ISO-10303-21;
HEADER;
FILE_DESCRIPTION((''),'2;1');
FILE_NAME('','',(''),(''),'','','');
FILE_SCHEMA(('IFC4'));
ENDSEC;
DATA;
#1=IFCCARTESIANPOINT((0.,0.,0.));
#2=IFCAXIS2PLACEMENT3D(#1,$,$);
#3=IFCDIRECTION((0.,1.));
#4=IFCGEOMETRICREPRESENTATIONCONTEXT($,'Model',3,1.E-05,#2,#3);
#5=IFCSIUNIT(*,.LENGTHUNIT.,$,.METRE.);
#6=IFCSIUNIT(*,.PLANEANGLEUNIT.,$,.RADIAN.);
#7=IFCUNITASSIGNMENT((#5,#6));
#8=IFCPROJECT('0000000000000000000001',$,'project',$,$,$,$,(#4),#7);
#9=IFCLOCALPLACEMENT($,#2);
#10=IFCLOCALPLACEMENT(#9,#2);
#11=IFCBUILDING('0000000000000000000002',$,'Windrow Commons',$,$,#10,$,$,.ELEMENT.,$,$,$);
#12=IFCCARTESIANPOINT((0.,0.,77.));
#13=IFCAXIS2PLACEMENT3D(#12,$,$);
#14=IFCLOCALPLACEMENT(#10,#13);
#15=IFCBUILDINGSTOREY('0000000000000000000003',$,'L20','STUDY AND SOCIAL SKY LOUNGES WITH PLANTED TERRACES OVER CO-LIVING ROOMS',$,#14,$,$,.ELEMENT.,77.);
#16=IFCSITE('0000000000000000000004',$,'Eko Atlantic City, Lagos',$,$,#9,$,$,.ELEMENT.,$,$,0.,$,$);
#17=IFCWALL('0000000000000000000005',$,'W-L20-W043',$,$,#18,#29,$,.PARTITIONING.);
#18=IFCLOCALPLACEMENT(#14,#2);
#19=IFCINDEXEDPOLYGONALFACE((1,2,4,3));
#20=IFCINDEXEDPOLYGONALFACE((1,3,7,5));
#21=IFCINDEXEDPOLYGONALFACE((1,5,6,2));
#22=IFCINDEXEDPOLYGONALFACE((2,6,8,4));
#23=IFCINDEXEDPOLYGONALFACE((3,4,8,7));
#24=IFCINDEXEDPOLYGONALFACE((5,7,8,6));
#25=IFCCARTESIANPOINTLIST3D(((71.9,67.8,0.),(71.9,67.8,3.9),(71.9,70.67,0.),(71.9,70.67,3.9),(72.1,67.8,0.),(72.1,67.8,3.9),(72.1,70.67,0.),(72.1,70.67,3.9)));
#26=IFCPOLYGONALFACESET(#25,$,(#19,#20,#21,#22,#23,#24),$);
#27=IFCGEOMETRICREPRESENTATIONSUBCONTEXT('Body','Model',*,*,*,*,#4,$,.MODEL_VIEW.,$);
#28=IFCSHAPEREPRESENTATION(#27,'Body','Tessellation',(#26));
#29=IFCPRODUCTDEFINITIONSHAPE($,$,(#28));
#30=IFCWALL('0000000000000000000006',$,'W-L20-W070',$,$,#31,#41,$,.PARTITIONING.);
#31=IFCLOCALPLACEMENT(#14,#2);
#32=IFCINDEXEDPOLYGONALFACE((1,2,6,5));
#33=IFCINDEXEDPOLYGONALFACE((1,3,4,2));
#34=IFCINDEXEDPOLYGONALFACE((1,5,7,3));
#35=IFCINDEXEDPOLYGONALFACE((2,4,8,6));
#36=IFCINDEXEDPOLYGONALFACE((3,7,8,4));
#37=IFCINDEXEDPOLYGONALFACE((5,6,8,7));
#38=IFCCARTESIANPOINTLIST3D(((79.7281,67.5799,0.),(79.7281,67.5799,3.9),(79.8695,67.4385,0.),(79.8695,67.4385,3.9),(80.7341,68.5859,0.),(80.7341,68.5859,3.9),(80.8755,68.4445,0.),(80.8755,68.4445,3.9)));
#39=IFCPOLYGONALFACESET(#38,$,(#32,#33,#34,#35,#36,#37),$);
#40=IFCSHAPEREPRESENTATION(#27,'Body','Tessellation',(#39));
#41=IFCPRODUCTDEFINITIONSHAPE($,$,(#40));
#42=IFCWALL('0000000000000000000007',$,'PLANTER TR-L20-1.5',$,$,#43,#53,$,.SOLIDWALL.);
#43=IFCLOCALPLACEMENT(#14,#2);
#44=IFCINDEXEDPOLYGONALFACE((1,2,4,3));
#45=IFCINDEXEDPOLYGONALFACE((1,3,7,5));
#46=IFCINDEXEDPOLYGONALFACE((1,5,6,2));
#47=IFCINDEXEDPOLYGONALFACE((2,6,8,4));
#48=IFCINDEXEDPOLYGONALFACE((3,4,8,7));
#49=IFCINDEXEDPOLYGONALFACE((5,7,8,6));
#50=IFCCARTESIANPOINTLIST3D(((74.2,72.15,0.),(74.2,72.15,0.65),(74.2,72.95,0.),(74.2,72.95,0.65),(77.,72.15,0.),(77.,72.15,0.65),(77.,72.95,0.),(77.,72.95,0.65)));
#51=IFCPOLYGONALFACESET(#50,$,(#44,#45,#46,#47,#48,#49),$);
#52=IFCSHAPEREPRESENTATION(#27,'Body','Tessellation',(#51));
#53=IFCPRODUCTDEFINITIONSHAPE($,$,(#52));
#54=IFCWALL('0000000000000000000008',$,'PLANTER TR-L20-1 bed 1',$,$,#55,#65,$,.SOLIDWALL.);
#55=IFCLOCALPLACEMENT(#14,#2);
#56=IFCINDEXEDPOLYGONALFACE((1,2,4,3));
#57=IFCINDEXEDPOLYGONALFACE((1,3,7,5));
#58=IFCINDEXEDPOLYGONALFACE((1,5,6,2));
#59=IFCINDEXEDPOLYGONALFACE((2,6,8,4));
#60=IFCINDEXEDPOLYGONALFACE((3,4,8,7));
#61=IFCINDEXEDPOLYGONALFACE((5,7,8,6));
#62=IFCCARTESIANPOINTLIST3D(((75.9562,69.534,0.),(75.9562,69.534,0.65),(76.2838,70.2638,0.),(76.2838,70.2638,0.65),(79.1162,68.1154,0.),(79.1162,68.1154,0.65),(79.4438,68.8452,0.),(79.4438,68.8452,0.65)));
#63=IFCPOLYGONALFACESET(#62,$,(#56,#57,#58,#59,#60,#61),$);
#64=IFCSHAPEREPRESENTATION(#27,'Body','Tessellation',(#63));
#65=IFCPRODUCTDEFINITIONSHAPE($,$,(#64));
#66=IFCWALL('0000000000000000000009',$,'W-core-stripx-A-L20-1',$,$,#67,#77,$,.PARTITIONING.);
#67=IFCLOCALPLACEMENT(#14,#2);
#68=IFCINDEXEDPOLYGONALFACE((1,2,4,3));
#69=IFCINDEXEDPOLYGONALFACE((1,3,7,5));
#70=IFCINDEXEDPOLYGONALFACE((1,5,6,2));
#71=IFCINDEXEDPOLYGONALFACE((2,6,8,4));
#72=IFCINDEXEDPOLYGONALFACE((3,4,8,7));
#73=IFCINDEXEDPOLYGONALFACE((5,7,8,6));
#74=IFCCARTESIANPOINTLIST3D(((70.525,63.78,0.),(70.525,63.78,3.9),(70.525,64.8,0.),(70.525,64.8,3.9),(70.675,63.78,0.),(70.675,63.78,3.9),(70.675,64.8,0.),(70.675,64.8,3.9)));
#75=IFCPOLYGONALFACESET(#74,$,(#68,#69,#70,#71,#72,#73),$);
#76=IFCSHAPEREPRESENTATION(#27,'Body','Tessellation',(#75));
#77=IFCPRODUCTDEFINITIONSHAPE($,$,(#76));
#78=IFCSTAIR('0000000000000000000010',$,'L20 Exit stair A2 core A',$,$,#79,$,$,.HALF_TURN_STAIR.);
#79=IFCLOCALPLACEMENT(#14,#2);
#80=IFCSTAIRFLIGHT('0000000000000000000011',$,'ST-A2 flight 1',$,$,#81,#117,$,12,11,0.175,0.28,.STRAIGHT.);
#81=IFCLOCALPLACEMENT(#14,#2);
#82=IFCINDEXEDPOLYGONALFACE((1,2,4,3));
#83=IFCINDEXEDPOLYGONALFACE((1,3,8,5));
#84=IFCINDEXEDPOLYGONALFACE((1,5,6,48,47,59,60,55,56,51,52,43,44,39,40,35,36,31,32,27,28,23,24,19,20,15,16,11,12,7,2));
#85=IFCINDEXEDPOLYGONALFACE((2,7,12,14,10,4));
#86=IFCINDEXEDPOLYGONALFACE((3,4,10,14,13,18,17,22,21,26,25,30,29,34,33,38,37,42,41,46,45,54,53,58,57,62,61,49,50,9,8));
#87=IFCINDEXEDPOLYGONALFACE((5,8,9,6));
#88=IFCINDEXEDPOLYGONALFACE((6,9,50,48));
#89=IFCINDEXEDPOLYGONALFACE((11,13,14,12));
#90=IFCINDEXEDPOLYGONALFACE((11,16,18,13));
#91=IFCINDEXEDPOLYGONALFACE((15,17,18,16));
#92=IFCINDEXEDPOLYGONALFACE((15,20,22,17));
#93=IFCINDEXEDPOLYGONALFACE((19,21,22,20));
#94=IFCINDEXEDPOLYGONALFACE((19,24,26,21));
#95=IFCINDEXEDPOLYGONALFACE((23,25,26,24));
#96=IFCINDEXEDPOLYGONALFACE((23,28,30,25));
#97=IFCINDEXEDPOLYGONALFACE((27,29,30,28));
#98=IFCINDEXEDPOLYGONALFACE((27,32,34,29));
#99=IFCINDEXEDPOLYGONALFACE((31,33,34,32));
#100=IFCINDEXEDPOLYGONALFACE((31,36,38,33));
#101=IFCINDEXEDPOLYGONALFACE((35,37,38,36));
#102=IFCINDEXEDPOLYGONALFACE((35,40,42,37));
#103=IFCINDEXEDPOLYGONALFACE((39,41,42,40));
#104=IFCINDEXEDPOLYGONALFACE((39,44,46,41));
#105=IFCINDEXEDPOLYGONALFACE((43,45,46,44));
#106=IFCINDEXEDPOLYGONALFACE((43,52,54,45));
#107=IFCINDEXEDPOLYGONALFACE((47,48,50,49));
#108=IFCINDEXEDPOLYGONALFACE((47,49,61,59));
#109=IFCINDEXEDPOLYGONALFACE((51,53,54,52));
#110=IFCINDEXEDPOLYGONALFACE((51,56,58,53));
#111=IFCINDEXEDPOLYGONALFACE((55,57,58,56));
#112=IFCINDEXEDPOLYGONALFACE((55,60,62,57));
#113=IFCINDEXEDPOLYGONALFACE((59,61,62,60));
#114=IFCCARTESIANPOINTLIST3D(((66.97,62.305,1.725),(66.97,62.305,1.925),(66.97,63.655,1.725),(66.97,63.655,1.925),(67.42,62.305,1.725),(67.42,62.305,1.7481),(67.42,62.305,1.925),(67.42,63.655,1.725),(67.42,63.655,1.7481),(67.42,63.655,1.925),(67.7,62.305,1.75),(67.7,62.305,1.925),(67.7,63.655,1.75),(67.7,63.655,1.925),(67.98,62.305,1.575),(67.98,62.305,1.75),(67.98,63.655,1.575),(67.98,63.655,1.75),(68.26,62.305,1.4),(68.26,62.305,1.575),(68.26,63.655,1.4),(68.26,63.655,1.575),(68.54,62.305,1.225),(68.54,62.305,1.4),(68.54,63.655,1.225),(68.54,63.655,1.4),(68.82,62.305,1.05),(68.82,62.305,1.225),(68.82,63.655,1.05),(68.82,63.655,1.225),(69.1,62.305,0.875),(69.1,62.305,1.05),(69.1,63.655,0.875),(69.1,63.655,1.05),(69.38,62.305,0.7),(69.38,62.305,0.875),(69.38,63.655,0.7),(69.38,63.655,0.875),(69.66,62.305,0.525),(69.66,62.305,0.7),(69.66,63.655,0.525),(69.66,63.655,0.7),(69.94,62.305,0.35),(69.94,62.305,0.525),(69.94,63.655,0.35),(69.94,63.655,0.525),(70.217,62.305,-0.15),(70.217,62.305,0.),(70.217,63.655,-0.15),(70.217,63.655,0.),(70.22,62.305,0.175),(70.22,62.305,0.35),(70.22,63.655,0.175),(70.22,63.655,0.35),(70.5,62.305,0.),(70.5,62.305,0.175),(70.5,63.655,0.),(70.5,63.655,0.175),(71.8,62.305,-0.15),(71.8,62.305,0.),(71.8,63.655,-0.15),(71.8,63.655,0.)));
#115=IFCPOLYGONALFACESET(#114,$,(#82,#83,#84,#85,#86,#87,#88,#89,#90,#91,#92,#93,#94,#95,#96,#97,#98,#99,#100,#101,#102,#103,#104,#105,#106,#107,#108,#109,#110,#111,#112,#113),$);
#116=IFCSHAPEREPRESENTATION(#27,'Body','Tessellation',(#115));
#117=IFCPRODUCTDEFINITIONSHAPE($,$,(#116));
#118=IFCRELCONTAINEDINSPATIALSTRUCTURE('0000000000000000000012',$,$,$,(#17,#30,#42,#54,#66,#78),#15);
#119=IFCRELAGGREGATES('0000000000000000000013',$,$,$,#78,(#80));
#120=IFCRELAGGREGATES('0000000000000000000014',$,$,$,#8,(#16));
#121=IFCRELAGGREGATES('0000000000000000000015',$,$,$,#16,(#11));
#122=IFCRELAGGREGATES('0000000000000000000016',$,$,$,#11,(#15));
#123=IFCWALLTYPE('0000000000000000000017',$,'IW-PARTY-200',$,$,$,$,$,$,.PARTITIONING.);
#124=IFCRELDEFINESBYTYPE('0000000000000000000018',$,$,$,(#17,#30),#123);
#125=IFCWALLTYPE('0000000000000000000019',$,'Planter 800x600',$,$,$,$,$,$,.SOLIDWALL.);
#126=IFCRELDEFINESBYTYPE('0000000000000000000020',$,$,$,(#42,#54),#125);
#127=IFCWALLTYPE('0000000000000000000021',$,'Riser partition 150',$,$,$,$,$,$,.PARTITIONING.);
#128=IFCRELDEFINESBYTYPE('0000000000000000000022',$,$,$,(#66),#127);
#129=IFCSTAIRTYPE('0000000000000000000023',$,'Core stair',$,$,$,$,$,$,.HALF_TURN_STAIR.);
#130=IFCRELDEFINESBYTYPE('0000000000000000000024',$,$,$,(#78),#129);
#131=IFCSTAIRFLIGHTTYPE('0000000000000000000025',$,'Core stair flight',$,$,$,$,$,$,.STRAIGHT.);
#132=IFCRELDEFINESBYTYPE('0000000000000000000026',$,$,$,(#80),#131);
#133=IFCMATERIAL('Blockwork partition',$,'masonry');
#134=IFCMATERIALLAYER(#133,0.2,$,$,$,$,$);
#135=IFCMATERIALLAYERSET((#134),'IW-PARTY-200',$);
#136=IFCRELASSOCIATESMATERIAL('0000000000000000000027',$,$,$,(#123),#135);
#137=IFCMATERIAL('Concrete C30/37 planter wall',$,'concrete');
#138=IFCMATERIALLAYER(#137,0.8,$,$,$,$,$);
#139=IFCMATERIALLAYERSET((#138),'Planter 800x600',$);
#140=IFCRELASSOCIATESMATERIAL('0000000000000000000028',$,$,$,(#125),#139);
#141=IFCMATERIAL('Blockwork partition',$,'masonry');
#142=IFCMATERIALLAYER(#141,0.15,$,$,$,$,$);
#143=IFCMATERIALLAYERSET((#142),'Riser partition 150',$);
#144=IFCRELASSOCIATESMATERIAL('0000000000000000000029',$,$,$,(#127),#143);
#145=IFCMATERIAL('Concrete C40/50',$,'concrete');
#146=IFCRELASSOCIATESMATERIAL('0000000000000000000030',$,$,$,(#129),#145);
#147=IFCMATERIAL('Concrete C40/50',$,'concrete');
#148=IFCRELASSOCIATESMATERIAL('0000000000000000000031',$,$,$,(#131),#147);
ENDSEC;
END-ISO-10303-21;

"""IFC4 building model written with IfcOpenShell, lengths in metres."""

from ifc_helpers import new_model, si_unit, direction, frame, frame_2d, origin, place, context, subcontext, project, spatial, polyline, rectangle, outline, extrude, material, layer, layer_set, type_object, element, aggregate, save


model = new_model("IFC4")

# Units and contexts
model_context = context("Model", 3, precision=1e-05, world=origin(), true_north=direction((0.0, 1.0)))
body_context = subcontext(model_context, "Body", "Model", "MODEL_VIEW")
ifc_project = project(units=[si_unit("LENGTHUNIT", "METRE"), si_unit("PLANEANGLEUNIT", "RADIAN")], contexts=[model_context])

# Site, building, storey
site_placement = place(None, origin())
site = spatial("IfcSite", under=ifc_project, at=site_placement, Name="Eko Atlantic City, Lagos", CompositionType="ELEMENT", RefElevation=0.0)
building_placement = place(site_placement, origin())
building = spatial("IfcBuilding", under=site, at=building_placement, Name="Windrow Commons", CompositionType="ELEMENT")
storey_placement = place(building_placement, frame((0.0, 0.0, 77.0)))
storey = spatial("IfcBuildingStorey", under=building, at=storey_placement, Name="L20", Description="STUDY AND SOCIAL SKY LOUNGES WITH PLANTED TERRACES OVER CO-LIVING ROOMS", CompositionType="ELEMENT", Elevation=77.0)

# Shared definitions
placement = place(storey_placement, origin())

# Walls
ifc_material_1 = material(Name="Blockwork partition", Category="masonry")
ifc_layer_1 = layer(ifc_material_1, 0.2)
ifc_layer_set_1 = layer_set([ifc_layer_1], Name="IW-PARTY-200")
wall_type_1 = type_object("IfcWallType", Name="IW-PARTY-200", PredefinedType="PARTITIONING", material=ifc_layer_set_1)
for number, where, z_axis, x_axis, name in (
    (1, (72.0, 67.8, 0.0), (0.0, 0.0, 1.0), (0.0, 1.0, 0.0), "W-L20-W043"),
):
    element("IfcWall", number, at=place(storey_placement, frame(where, z_axis=z_axis, x_axis=x_axis)), inside=storey, type_object=wall_type_1, Name=name, PredefinedType="PARTITIONING", context=body_context, shape_type="SweptSolid", body=[
        extrude(rectangle(XDim=2.87, YDim=0.2, at=frame_2d((1.435, 0.0))), origin(), (0.0, 0.0, 1.0), 3.9),
    ])
wall_1_placement = place(storey_placement, frame((79.7988, 67.5092, 0.0), z_axis=(0.0, 0.0, 1.0), x_axis=(0.707107, 0.707107, 0.0)))
element("IfcWall", 2, at=wall_1_placement, inside=storey, type_object=wall_type_1, Name="W-L20-W070", PredefinedType="PARTITIONING", context=body_context, shape_type="SweptSolid", body=[
    extrude(rectangle(XDim=1.4227, YDim=0.2, at=frame_2d((0.7114, 0.0))), origin(), (0.0, 0.0, 1.0), 3.9),
])
ifc_material_2 = material(Name="Concrete C30/37 planter wall", Category="concrete")
ifc_layer_2 = layer(ifc_material_2, 0.8)
ifc_layer_set_2 = layer_set([ifc_layer_2], Name="Planter 800x600")
wall_type_2 = type_object("IfcWallType", Name="Planter 800x600", PredefinedType="SOLIDWALL", material=ifc_layer_set_2)
wall_2_placement = place(storey_placement, frame((77.0, 72.55, 0.0), z_axis=(0.0, 0.0, 1.0), x_axis=(-1.0, 0.0, 0.0)))
element("IfcWall", 3, at=wall_2_placement, inside=storey, type_object=wall_type_2, Name="PLANTER TR-L20-1.5", PredefinedType="SOLIDWALL", context=body_context, shape_type="SweptSolid", body=[
    extrude(rectangle(XDim=2.8, YDim=0.8, at=frame_2d((1.4, 0.0))), origin(), (0.0, 0.0, 1.0), 0.65),
])
wall_3_placement = place(storey_placement, frame((79.28, 68.4803, 0.0), z_axis=(0.0, 0.0, 1.0), x_axis=(-0.912288, 0.409548, 0.0)))
element("IfcWall", 4, at=wall_3_placement, inside=storey, type_object=wall_type_2, Name="PLANTER TR-L20-1 bed 1", PredefinedType="SOLIDWALL", context=body_context, shape_type="SweptSolid", body=[
    extrude(rectangle(XDim=3.4638, YDim=0.8, at=frame_2d((1.7319, 0.0))), origin(), (0.0, 0.0, 1.0), 0.65),
])
ifc_material_3 = material(Name="Blockwork partition", Category="masonry")
ifc_layer_3 = layer(ifc_material_3, 0.15)
ifc_layer_set_3 = layer_set([ifc_layer_3], Name="Riser partition 150")
wall_type_3 = type_object("IfcWallType", Name="Riser partition 150", PredefinedType="PARTITIONING", material=ifc_layer_set_3)
wall_4_placement = place(storey_placement, frame((70.6, 63.78, 0.0), z_axis=(0.0, 0.0, 1.0), x_axis=(0.0, 1.0, 0.0)))
element("IfcWall", 5, at=wall_4_placement, inside=storey, type_object=wall_type_3, Name="W-core-stripx-A-L20-1", PredefinedType="PARTITIONING", context=body_context, shape_type="SweptSolid", body=[
    extrude(rectangle(XDim=1.02, YDim=0.15, at=frame_2d((0.51, 0.0))), origin(), (0.0, 0.0, 1.0), 3.9),
])

# Stair, stair flight
ifc_material_4 = material(Name="Concrete C40/50", Category="concrete")
stair_type = type_object("IfcStairType", Name="Core stair", PredefinedType="HALF_TURN_STAIR", material=ifc_material_4)
stair = element("IfcStair", 6, at=placement, inside=storey, type_object=stair_type, Name="L20 Exit stair A2 core A", PredefinedType="HALF_TURN_STAIR")
ifc_material_5 = material(Name="Concrete C40/50", Category="concrete")
stair_flight_type = type_object("IfcStairFlightType", Name="Core stair flight", PredefinedType="STRAIGHT", material=ifc_material_5)
stair_flight_placement = place(storey_placement, frame((70.5, 62.98, 0.0), z_axis=(0.0, 0.0, 1.0), x_axis=(-1.0, 0.0, 0.0)))
stair_flight = element("IfcStairFlight", 7, at=stair_flight_placement, type_object=stair_flight_type, Name="ST-A2 flight 1", NumberOfRisers=12, NumberOfTreads=11, PredefinedType="STRAIGHT", RiserHeight=0.175, TreadLength=0.28, context=body_context, shape_type="SweptSolid", body=[
    extrude(outline(polyline([(-1.3, -0.15), (-1.3, 0.0), (0.0, 0.0), (0.0, 0.175), (0.28, 0.175), (0.28, 0.35), (0.56, 0.35), (0.56, 0.525), (0.84, 0.525), (0.84, 0.7), (1.12, 0.7), (1.12, 0.875), (1.4, 0.875), (1.4, 1.05), (1.68, 1.05), (1.68, 1.225), (1.96, 1.225), (1.96, 1.4), (2.24, 1.4), (2.24, 1.575), (2.52, 1.575), (2.52, 1.75), (2.8, 1.75), (2.8, 1.925), (3.08, 1.925), (3.53, 1.925), (3.53, 1.725), (3.08, 1.725), (3.08, 1.7481), (0.283, 0.0), (0.283, -0.15), (-1.3, -0.15)])), frame((0.0, 0.675, 0.0), z_axis=(0.0, -1.0, 0.0), x_axis=(1.0, 0.0, 0.0)), (0.0, 0.0, 1.0), 1.35),
])
aggregate(stair, [stair_flight])

save(model, "model.ifc")
